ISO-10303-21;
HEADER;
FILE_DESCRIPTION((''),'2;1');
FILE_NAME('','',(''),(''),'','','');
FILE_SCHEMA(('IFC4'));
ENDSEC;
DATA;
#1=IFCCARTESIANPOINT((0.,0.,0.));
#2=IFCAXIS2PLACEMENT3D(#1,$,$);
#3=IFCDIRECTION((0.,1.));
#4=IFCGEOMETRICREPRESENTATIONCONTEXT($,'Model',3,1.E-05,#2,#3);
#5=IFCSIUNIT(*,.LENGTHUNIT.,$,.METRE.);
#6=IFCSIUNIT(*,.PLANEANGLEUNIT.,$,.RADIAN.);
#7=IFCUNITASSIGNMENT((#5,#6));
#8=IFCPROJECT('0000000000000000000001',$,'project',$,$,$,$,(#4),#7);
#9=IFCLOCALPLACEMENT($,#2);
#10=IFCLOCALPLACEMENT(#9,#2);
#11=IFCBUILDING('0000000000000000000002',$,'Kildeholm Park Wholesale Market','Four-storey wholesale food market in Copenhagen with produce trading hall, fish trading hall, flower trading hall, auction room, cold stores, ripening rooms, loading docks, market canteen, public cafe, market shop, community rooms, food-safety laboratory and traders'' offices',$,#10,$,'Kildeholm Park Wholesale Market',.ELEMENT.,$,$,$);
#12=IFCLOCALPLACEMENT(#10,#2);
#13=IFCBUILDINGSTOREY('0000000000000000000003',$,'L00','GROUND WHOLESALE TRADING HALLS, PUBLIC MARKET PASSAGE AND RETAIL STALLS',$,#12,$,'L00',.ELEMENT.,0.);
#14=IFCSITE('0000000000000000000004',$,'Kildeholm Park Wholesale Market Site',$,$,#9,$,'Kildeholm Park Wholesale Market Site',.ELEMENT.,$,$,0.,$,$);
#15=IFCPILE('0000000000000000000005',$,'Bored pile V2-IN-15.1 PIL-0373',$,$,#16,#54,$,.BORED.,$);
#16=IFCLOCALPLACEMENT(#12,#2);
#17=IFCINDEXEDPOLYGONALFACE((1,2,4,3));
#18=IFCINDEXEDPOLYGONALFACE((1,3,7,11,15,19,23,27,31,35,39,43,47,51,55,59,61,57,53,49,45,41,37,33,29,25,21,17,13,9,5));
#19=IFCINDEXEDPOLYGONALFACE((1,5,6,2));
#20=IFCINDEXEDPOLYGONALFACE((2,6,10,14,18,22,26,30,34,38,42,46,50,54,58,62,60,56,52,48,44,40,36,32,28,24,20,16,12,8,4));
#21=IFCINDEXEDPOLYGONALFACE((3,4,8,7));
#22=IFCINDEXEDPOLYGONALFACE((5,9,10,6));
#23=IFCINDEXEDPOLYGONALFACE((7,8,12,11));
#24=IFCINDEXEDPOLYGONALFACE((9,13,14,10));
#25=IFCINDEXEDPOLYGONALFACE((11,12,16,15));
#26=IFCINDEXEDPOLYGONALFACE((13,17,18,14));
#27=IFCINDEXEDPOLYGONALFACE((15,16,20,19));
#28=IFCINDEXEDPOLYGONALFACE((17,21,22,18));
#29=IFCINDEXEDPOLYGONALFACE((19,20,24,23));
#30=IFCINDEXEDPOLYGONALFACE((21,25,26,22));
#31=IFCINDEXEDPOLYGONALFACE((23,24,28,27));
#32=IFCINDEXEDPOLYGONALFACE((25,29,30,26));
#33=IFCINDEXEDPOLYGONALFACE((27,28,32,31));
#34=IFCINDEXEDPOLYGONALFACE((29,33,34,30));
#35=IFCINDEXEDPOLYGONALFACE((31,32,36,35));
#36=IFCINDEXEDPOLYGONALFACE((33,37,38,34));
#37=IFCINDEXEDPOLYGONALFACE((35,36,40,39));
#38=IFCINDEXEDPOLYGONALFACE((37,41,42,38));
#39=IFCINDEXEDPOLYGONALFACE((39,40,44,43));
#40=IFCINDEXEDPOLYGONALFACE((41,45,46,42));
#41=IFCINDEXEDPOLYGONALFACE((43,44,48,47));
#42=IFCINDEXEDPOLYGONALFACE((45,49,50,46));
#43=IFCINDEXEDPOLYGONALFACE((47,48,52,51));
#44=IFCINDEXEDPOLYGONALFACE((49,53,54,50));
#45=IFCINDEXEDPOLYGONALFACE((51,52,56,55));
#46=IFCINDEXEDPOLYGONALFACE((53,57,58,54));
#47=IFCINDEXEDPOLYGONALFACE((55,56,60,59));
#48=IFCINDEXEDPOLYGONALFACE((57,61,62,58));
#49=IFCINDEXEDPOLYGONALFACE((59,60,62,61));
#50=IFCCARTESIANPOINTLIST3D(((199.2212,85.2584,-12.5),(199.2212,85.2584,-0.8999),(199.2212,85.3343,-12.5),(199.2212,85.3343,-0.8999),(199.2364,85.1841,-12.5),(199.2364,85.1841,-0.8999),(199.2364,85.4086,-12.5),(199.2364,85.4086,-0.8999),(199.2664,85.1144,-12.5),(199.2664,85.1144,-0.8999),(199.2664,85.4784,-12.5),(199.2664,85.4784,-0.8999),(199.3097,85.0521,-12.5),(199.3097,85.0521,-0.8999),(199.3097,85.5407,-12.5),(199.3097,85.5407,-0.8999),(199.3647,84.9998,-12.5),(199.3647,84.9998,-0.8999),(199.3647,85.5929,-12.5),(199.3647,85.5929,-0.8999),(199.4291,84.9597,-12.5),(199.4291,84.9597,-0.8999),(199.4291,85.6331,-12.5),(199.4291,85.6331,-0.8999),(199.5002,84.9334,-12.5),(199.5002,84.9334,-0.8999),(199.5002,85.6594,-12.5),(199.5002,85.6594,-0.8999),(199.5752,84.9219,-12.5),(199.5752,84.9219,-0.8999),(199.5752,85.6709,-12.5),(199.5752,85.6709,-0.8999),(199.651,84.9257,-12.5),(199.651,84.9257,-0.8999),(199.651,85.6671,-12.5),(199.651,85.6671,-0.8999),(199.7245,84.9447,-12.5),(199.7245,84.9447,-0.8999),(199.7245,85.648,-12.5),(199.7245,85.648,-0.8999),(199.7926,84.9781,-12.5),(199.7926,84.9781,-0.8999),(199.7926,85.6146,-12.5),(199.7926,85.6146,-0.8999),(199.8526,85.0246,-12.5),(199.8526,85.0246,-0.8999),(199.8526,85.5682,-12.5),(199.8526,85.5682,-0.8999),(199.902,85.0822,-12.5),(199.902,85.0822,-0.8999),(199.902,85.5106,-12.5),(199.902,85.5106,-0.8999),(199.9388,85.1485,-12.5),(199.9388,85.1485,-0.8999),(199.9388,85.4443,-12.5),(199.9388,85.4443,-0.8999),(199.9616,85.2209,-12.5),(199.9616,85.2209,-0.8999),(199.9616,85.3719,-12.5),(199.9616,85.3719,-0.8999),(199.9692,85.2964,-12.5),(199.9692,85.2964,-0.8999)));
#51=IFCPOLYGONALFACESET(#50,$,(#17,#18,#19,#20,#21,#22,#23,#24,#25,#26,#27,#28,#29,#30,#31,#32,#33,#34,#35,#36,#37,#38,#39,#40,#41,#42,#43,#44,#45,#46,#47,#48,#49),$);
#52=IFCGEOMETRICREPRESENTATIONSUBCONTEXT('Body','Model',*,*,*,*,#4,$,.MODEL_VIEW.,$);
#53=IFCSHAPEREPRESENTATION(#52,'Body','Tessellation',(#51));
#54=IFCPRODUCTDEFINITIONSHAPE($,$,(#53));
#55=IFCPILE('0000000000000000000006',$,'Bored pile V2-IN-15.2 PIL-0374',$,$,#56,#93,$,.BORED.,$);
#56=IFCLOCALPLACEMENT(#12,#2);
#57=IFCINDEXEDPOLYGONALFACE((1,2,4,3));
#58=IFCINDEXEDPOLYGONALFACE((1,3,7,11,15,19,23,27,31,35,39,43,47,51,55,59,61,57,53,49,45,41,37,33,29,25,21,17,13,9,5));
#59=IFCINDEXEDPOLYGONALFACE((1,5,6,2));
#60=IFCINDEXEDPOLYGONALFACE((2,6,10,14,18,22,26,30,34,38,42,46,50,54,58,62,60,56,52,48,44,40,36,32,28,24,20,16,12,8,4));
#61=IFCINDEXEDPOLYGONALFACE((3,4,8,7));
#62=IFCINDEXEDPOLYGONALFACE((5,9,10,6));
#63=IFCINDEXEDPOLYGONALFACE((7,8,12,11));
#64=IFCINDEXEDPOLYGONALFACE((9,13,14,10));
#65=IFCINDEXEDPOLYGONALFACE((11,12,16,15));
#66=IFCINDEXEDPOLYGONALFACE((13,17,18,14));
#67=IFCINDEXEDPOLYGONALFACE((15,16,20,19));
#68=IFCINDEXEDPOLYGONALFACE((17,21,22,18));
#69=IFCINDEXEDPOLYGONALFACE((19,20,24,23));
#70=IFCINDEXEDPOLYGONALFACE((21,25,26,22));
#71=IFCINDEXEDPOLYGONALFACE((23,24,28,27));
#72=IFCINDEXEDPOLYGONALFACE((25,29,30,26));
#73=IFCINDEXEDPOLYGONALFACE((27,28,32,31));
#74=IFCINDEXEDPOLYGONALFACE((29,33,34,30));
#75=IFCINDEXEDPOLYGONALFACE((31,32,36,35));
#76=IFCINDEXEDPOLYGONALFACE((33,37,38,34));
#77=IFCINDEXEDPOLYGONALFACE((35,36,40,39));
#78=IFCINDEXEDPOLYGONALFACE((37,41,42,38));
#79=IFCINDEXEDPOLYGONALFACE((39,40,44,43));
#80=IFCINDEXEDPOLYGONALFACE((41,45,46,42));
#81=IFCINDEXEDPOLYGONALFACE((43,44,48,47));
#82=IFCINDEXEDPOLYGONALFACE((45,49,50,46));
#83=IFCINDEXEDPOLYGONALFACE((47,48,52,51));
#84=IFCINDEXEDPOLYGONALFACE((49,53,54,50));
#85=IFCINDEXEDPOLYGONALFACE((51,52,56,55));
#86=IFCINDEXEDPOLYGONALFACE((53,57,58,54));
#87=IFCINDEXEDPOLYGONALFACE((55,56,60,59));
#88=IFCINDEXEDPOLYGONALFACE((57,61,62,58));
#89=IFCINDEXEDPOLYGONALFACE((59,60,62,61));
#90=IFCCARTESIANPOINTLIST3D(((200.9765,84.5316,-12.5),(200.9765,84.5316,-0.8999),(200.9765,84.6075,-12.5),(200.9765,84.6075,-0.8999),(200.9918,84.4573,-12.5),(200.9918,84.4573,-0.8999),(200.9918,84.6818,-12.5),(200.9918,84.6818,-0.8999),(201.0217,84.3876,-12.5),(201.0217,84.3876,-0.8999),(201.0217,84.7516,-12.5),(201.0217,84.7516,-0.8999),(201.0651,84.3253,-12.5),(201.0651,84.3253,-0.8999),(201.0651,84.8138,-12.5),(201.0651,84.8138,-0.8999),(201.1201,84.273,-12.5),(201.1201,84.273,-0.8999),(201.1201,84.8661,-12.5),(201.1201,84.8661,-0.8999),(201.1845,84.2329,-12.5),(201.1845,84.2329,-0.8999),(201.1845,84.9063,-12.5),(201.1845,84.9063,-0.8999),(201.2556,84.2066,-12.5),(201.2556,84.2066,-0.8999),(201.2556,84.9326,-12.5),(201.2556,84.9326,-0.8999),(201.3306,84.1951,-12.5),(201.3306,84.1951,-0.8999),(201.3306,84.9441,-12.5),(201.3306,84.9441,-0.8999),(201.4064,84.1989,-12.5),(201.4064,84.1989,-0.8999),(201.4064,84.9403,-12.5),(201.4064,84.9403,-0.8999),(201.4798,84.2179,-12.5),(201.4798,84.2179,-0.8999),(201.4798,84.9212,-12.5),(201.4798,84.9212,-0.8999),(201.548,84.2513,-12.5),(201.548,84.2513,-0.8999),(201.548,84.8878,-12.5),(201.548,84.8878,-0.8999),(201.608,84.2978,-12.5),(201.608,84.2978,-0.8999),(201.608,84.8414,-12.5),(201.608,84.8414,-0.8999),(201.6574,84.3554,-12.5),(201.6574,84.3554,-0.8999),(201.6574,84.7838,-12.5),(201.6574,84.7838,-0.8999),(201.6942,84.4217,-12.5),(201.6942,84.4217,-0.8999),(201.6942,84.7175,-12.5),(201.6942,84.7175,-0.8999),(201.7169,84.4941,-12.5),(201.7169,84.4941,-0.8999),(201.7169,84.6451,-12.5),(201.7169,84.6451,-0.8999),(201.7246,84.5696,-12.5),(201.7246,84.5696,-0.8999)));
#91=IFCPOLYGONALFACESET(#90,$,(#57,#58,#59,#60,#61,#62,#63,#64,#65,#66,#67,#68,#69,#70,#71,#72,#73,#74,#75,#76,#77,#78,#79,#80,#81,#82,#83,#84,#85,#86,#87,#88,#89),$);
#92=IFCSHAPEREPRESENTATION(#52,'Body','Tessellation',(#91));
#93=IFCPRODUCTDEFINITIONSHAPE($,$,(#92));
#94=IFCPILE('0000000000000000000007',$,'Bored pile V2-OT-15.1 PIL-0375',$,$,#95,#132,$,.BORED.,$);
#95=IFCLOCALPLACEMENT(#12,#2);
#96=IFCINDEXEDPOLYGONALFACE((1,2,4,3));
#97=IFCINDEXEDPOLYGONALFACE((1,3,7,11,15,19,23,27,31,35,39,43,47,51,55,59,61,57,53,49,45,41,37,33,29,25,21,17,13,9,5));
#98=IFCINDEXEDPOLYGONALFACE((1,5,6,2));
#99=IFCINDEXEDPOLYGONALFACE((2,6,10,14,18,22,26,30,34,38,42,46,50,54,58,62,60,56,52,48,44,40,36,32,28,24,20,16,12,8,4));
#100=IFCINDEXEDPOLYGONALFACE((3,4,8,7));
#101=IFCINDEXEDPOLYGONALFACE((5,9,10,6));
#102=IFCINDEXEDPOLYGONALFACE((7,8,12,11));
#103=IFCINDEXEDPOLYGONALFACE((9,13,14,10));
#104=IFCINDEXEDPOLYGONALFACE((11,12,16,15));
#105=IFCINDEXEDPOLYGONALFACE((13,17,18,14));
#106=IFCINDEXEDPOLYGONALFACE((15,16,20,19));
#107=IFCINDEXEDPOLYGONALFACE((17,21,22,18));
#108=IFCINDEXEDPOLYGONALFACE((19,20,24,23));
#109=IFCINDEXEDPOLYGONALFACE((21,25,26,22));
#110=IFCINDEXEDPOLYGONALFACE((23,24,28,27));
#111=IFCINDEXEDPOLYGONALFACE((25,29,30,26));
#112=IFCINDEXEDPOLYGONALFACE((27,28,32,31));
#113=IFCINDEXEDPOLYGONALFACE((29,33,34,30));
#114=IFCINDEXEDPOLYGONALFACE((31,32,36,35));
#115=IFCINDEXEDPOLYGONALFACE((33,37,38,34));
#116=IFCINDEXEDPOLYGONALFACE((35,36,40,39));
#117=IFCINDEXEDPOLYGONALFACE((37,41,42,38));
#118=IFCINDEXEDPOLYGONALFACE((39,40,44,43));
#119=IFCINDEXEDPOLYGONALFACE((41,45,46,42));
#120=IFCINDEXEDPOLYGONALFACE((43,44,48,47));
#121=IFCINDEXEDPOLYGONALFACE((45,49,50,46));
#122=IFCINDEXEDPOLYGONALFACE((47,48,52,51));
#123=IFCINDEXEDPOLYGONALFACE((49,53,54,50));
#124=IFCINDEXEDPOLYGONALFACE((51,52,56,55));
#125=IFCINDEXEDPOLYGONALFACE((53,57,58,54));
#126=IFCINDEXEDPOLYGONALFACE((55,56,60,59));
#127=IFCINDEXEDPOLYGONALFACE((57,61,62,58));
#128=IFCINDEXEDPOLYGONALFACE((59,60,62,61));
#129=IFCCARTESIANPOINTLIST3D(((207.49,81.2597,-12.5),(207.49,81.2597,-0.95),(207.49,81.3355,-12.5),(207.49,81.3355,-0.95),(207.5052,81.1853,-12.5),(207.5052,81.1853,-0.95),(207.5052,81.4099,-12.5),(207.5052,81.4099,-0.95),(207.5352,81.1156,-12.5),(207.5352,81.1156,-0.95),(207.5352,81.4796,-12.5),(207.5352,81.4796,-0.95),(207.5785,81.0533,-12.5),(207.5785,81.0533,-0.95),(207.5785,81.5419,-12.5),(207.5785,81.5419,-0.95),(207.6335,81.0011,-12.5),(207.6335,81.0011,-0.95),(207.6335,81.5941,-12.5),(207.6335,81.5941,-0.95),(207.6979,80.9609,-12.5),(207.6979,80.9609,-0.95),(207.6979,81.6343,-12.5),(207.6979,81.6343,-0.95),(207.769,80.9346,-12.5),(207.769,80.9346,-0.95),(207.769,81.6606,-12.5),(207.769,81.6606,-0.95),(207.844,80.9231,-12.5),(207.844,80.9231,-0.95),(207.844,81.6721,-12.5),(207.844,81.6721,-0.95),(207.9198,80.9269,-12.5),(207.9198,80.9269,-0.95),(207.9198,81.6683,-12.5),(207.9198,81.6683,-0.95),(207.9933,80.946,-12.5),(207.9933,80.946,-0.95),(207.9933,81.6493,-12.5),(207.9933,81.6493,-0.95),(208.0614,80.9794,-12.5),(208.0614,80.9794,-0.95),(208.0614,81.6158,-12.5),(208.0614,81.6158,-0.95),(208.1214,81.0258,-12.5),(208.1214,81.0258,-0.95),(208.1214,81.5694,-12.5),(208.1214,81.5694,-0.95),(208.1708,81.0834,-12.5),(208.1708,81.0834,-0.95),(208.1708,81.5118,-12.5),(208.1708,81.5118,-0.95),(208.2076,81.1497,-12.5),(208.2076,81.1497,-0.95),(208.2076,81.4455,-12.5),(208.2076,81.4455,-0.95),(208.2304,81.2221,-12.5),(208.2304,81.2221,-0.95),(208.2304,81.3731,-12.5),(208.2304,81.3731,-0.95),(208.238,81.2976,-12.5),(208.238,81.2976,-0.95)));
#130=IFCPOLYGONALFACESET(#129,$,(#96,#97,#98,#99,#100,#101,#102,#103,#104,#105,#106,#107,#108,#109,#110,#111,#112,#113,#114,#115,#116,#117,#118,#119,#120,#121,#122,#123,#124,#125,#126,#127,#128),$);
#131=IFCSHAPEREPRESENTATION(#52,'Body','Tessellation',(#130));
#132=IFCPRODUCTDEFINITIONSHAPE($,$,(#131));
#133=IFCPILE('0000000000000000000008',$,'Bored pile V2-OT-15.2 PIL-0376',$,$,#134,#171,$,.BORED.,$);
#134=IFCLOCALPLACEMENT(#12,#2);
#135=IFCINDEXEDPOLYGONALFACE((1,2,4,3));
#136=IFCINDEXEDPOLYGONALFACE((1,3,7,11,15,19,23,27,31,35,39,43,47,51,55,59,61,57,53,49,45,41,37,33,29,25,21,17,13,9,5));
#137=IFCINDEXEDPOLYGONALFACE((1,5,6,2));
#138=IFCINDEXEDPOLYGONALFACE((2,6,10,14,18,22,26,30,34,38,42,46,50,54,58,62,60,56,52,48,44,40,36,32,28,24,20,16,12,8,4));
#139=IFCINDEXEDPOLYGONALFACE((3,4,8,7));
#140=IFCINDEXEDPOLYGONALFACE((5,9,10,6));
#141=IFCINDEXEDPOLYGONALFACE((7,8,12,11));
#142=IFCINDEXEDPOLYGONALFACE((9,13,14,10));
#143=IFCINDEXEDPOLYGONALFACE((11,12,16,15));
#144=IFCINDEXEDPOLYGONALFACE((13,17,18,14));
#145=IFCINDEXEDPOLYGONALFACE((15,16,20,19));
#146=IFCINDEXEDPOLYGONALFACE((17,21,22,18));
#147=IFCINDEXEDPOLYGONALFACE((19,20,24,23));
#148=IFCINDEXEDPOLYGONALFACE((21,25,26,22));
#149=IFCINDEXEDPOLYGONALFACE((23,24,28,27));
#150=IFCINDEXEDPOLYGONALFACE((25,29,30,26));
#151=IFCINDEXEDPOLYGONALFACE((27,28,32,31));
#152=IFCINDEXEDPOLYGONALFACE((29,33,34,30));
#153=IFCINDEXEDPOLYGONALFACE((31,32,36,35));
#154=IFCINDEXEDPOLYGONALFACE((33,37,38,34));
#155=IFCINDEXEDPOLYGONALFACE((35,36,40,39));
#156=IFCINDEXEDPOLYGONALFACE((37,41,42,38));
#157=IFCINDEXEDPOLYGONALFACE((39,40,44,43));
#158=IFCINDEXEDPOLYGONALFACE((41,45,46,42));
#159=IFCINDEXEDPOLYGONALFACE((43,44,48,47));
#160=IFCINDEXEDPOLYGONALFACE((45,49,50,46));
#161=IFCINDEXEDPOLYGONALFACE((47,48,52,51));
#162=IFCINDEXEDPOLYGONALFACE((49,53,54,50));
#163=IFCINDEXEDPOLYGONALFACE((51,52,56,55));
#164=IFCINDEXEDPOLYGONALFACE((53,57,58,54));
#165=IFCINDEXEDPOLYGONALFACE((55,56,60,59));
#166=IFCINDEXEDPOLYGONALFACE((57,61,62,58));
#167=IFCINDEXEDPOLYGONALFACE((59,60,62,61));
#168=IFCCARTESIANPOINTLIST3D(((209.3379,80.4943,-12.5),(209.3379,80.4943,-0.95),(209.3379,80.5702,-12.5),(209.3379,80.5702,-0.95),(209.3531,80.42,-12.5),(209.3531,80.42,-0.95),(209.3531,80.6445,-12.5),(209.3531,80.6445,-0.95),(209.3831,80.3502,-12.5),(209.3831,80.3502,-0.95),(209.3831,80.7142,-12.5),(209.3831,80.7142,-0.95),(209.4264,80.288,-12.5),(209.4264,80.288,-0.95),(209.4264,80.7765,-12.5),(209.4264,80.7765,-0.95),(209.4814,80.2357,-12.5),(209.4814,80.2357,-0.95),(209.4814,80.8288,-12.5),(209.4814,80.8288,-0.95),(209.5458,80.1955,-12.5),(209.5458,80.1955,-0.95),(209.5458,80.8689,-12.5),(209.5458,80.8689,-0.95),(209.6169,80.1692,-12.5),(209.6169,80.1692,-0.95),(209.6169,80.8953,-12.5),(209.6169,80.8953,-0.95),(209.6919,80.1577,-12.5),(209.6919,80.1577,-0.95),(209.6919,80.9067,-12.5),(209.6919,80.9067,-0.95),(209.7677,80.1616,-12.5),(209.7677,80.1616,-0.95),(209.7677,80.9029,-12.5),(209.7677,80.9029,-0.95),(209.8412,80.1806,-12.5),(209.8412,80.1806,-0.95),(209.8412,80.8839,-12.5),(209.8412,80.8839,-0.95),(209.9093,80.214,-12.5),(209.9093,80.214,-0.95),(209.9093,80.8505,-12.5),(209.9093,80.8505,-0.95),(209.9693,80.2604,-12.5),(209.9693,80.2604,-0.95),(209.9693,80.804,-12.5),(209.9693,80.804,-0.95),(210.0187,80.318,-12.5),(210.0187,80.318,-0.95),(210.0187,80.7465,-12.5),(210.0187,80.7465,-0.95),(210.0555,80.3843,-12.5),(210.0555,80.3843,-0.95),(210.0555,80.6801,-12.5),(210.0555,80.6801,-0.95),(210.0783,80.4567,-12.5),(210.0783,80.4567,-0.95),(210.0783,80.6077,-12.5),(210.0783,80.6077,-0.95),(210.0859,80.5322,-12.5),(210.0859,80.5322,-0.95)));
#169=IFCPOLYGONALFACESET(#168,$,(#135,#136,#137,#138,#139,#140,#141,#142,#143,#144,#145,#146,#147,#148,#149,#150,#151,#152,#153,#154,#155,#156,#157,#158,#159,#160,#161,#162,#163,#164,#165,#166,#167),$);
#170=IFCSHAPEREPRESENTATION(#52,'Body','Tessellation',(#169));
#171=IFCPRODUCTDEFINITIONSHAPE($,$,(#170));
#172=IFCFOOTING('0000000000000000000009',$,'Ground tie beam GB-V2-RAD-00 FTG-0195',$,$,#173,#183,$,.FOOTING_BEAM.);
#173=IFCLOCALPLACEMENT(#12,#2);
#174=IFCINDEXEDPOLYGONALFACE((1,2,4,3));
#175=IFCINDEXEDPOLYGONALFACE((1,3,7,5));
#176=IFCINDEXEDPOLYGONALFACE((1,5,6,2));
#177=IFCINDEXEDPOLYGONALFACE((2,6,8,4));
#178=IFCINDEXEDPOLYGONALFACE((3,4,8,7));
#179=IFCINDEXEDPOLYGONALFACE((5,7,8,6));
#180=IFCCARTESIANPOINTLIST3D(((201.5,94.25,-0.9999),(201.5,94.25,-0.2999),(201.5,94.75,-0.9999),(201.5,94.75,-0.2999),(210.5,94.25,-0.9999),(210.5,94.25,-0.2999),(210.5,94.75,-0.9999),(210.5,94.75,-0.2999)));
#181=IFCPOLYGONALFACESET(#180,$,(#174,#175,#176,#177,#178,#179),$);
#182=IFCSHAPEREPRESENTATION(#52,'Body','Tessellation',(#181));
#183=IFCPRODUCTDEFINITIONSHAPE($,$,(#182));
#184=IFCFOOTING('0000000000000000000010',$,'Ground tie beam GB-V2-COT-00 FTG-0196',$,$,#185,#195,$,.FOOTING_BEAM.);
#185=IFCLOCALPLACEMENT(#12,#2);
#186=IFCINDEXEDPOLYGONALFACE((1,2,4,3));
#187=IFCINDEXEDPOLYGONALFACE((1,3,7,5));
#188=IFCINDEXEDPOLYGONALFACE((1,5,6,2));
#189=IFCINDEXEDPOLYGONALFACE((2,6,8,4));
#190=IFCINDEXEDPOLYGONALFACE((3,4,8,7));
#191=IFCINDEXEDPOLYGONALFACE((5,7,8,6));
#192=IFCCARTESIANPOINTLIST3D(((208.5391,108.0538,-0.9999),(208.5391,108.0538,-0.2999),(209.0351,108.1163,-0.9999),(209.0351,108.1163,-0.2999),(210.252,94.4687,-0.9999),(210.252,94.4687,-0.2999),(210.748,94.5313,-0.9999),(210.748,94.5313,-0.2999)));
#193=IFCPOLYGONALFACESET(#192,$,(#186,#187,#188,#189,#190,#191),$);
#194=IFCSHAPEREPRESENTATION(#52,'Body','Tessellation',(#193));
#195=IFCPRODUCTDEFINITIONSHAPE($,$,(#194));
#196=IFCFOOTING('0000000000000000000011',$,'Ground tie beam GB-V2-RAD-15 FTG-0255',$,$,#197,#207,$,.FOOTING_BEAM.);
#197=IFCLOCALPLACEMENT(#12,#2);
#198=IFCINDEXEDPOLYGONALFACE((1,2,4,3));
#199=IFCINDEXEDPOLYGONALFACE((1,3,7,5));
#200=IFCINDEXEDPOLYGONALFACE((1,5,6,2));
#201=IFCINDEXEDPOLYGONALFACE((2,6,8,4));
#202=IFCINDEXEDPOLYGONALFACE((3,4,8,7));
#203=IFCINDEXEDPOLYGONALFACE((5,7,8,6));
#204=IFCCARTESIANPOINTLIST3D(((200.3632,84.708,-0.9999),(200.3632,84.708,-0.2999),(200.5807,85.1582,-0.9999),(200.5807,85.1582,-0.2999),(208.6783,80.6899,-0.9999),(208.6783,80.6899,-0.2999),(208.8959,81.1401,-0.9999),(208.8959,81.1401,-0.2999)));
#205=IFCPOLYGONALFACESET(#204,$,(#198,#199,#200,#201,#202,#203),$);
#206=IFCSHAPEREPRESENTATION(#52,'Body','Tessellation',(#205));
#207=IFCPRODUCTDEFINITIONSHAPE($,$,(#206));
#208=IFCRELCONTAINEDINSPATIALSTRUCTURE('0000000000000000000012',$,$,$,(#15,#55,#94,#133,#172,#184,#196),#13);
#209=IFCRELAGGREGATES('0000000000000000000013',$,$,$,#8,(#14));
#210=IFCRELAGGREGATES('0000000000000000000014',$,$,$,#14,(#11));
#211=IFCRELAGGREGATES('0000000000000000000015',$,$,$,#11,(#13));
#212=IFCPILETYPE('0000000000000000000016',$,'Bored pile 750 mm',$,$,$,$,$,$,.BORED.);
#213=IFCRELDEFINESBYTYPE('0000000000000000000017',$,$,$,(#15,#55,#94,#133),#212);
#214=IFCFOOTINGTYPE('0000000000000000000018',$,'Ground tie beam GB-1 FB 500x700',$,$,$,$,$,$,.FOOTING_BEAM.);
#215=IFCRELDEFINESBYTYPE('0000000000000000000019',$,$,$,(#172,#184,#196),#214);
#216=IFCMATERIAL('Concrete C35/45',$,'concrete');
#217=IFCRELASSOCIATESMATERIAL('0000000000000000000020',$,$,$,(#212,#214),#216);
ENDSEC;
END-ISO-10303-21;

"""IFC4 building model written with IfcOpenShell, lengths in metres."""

from ifc_helpers import new_model, si_unit, direction, frame, origin, origin_2d, place, context, subcontext, project, spatial, rectangle, circle, extrude, material, material_profile, profile_set, type_object, element, save


model = new_model("IFC4")

# Units and contexts
model_context = context("Model", 3, precision=1e-05, world=origin(), true_north=direction((0.0, 1.0)))
body_context = subcontext(model_context, "Body", "Model", "MODEL_VIEW")
ifc_project = project(units=[si_unit("LENGTHUNIT", "METRE"), si_unit("PLANEANGLEUNIT", "RADIAN")], contexts=[model_context])

# Site, building, storey
site_placement = place(None, origin())
site = spatial("IfcSite", under=ifc_project, at=site_placement, Name="Kildeholm Park Wholesale Market Site", LongName="Kildeholm Park Wholesale Market Site", CompositionType="ELEMENT", RefElevation=0.0)
building_placement = place(site_placement, origin())
building = spatial("IfcBuilding", under=site, at=building_placement, Name="Kildeholm Park Wholesale Market", Description="Four-storey wholesale food market in Copenhagen with produce trading hall, fish trading hall, flower trading hall, auction room, cold stores, ripening rooms, loading docks, market canteen, public cafe, market shop, community rooms, food-safety laboratory and traders' offices", LongName="Kildeholm Park Wholesale Market", CompositionType="ELEMENT")
storey_placement = place(building_placement, origin())
storey = spatial("IfcBuildingStorey", under=building, at=storey_placement, Name="L00", Description="GROUND WHOLESALE TRADING HALLS, PUBLIC MARKET PASSAGE AND RETAIL STALLS", LongName="L00", CompositionType="ELEMENT", Elevation=0.0)

# Piles
ifc_material_1 = material(Name="Concrete C35/45", Category="concrete")
ifc_material_profile_1 = material_profile(ifc_material_1, circle(Radius=0.375, at=origin_2d()), Name="PILE D750")
ifc_profile_set_1 = profile_set([ifc_material_profile_1], Name="Concrete C35/45")
pile_type = type_object("IfcPileType", Name="Bored pile 750 mm", PredefinedType="BORED", material=ifc_profile_set_1)
for number, where, z_axis, x_axis, name in (
    (1, (199.5942, 85.2964, -0.8999), (0.0, 0.0, -1.0), (1.0, 0.0, 0.0), "Bored pile V2-IN-15.1 PIL-0373"),
    (2, (201.3496, 84.5696, -0.8999), (0.0, 0.0, -1.0), (1.0, 0.0, 0.0), "Bored pile V2-IN-15.2 PIL-0374"),
):
    element("IfcPile", number, at=place(storey_placement, frame(where, z_axis=z_axis, x_axis=x_axis)), inside=storey, type_object=pile_type, Name=name, PredefinedType="BORED", context=body_context, shape_type="SweptSolid", body=[
        extrude(circle(Radius=0.375, at=origin_2d()), origin(), (0.0, 0.0, 1.0), 11.6001),
    ])
for number, where, z_axis, x_axis, name in (
    (3, (207.863, 81.2976, -0.95), (0.0, 0.0, -1.0), (1.0, 0.0, 0.0), "Bored pile V2-OT-15.1 PIL-0375"),
    (4, (209.7109, 80.5322, -0.95), (0.0, 0.0, -1.0), (1.0, 0.0, 0.0), "Bored pile V2-OT-15.2 PIL-0376"),
):
    element("IfcPile", number, at=place(storey_placement, frame(where, z_axis=z_axis, x_axis=x_axis)), inside=storey, type_object=pile_type, Name=name, PredefinedType="BORED", context=body_context, shape_type="SweptSolid", body=[
        extrude(circle(Radius=0.375, at=origin_2d()), origin(), (0.0, 0.0, 1.0), 11.55),
    ])

# Footings
ifc_material_profile_2 = material_profile(ifc_material_1, rectangle(XDim=0.5, YDim=0.7, at=origin_2d()), Name="FB 500x700")
ifc_profile_set_2 = profile_set([ifc_material_profile_2], Name="Concrete C35/45")
footing_type_1 = type_object("IfcFootingType", Name="Ground tie beam GB-1 FB 500x700", PredefinedType="FOOTING_BEAM", material=ifc_profile_set_2)
footing_1_placement = place(storey_placement, frame((201.5, 94.5, -0.6499), z_axis=(1.0, 0.0, 0.0), x_axis=(0.0, 1.0, 0.0)))
element("IfcFooting", 5, at=footing_1_placement, inside=storey, type_object=footing_type_1, Name="Ground tie beam GB-V2-RAD-00 FTG-0195", PredefinedType="FOOTING_BEAM", context=body_context, shape_type="SweptSolid", body=[
    extrude(rectangle(XDim=0.5, YDim=0.7, at=origin_2d()), origin(), (0.0, 0.0, 1.0), 9.0),
])
footing_2_placement = place(storey_placement, frame((210.5, 94.5, -0.6499), z_axis=(-0.125097, 0.992145, 0.0), x_axis=(-0.992145, -0.125097, 0.0)))
element("IfcFooting", 6, at=footing_2_placement, inside=storey, type_object=footing_type_1, Name="Ground tie beam GB-V2-COT-00 FTG-0196", PredefinedType="FOOTING_BEAM", context=body_context, shape_type="SweptSolid", body=[
    extrude(rectangle(XDim=0.5, YDim=0.7, at=origin_2d()), origin(), (0.0, 0.0, 1.0), 13.6926),
])
footing_3_placement = place(storey_placement, frame((200.4719, 84.9331, -0.6499), z_axis=(0.900389, -0.435086, 0.0), x_axis=(0.435086, 0.900389, 0.0)))
element("IfcFooting", 7, at=footing_3_placement, inside=storey, type_object=footing_type_1, Name="Ground tie beam GB-V2-RAD-15 FTG-0255", PredefinedType="FOOTING_BEAM", context=body_context, shape_type="SweptSolid", body=[
    extrude(rectangle(XDim=0.5, YDim=0.7, at=origin_2d()), origin(), (0.0, 0.0, 1.0), 9.2351),
])

save(model, "model.ifc")
